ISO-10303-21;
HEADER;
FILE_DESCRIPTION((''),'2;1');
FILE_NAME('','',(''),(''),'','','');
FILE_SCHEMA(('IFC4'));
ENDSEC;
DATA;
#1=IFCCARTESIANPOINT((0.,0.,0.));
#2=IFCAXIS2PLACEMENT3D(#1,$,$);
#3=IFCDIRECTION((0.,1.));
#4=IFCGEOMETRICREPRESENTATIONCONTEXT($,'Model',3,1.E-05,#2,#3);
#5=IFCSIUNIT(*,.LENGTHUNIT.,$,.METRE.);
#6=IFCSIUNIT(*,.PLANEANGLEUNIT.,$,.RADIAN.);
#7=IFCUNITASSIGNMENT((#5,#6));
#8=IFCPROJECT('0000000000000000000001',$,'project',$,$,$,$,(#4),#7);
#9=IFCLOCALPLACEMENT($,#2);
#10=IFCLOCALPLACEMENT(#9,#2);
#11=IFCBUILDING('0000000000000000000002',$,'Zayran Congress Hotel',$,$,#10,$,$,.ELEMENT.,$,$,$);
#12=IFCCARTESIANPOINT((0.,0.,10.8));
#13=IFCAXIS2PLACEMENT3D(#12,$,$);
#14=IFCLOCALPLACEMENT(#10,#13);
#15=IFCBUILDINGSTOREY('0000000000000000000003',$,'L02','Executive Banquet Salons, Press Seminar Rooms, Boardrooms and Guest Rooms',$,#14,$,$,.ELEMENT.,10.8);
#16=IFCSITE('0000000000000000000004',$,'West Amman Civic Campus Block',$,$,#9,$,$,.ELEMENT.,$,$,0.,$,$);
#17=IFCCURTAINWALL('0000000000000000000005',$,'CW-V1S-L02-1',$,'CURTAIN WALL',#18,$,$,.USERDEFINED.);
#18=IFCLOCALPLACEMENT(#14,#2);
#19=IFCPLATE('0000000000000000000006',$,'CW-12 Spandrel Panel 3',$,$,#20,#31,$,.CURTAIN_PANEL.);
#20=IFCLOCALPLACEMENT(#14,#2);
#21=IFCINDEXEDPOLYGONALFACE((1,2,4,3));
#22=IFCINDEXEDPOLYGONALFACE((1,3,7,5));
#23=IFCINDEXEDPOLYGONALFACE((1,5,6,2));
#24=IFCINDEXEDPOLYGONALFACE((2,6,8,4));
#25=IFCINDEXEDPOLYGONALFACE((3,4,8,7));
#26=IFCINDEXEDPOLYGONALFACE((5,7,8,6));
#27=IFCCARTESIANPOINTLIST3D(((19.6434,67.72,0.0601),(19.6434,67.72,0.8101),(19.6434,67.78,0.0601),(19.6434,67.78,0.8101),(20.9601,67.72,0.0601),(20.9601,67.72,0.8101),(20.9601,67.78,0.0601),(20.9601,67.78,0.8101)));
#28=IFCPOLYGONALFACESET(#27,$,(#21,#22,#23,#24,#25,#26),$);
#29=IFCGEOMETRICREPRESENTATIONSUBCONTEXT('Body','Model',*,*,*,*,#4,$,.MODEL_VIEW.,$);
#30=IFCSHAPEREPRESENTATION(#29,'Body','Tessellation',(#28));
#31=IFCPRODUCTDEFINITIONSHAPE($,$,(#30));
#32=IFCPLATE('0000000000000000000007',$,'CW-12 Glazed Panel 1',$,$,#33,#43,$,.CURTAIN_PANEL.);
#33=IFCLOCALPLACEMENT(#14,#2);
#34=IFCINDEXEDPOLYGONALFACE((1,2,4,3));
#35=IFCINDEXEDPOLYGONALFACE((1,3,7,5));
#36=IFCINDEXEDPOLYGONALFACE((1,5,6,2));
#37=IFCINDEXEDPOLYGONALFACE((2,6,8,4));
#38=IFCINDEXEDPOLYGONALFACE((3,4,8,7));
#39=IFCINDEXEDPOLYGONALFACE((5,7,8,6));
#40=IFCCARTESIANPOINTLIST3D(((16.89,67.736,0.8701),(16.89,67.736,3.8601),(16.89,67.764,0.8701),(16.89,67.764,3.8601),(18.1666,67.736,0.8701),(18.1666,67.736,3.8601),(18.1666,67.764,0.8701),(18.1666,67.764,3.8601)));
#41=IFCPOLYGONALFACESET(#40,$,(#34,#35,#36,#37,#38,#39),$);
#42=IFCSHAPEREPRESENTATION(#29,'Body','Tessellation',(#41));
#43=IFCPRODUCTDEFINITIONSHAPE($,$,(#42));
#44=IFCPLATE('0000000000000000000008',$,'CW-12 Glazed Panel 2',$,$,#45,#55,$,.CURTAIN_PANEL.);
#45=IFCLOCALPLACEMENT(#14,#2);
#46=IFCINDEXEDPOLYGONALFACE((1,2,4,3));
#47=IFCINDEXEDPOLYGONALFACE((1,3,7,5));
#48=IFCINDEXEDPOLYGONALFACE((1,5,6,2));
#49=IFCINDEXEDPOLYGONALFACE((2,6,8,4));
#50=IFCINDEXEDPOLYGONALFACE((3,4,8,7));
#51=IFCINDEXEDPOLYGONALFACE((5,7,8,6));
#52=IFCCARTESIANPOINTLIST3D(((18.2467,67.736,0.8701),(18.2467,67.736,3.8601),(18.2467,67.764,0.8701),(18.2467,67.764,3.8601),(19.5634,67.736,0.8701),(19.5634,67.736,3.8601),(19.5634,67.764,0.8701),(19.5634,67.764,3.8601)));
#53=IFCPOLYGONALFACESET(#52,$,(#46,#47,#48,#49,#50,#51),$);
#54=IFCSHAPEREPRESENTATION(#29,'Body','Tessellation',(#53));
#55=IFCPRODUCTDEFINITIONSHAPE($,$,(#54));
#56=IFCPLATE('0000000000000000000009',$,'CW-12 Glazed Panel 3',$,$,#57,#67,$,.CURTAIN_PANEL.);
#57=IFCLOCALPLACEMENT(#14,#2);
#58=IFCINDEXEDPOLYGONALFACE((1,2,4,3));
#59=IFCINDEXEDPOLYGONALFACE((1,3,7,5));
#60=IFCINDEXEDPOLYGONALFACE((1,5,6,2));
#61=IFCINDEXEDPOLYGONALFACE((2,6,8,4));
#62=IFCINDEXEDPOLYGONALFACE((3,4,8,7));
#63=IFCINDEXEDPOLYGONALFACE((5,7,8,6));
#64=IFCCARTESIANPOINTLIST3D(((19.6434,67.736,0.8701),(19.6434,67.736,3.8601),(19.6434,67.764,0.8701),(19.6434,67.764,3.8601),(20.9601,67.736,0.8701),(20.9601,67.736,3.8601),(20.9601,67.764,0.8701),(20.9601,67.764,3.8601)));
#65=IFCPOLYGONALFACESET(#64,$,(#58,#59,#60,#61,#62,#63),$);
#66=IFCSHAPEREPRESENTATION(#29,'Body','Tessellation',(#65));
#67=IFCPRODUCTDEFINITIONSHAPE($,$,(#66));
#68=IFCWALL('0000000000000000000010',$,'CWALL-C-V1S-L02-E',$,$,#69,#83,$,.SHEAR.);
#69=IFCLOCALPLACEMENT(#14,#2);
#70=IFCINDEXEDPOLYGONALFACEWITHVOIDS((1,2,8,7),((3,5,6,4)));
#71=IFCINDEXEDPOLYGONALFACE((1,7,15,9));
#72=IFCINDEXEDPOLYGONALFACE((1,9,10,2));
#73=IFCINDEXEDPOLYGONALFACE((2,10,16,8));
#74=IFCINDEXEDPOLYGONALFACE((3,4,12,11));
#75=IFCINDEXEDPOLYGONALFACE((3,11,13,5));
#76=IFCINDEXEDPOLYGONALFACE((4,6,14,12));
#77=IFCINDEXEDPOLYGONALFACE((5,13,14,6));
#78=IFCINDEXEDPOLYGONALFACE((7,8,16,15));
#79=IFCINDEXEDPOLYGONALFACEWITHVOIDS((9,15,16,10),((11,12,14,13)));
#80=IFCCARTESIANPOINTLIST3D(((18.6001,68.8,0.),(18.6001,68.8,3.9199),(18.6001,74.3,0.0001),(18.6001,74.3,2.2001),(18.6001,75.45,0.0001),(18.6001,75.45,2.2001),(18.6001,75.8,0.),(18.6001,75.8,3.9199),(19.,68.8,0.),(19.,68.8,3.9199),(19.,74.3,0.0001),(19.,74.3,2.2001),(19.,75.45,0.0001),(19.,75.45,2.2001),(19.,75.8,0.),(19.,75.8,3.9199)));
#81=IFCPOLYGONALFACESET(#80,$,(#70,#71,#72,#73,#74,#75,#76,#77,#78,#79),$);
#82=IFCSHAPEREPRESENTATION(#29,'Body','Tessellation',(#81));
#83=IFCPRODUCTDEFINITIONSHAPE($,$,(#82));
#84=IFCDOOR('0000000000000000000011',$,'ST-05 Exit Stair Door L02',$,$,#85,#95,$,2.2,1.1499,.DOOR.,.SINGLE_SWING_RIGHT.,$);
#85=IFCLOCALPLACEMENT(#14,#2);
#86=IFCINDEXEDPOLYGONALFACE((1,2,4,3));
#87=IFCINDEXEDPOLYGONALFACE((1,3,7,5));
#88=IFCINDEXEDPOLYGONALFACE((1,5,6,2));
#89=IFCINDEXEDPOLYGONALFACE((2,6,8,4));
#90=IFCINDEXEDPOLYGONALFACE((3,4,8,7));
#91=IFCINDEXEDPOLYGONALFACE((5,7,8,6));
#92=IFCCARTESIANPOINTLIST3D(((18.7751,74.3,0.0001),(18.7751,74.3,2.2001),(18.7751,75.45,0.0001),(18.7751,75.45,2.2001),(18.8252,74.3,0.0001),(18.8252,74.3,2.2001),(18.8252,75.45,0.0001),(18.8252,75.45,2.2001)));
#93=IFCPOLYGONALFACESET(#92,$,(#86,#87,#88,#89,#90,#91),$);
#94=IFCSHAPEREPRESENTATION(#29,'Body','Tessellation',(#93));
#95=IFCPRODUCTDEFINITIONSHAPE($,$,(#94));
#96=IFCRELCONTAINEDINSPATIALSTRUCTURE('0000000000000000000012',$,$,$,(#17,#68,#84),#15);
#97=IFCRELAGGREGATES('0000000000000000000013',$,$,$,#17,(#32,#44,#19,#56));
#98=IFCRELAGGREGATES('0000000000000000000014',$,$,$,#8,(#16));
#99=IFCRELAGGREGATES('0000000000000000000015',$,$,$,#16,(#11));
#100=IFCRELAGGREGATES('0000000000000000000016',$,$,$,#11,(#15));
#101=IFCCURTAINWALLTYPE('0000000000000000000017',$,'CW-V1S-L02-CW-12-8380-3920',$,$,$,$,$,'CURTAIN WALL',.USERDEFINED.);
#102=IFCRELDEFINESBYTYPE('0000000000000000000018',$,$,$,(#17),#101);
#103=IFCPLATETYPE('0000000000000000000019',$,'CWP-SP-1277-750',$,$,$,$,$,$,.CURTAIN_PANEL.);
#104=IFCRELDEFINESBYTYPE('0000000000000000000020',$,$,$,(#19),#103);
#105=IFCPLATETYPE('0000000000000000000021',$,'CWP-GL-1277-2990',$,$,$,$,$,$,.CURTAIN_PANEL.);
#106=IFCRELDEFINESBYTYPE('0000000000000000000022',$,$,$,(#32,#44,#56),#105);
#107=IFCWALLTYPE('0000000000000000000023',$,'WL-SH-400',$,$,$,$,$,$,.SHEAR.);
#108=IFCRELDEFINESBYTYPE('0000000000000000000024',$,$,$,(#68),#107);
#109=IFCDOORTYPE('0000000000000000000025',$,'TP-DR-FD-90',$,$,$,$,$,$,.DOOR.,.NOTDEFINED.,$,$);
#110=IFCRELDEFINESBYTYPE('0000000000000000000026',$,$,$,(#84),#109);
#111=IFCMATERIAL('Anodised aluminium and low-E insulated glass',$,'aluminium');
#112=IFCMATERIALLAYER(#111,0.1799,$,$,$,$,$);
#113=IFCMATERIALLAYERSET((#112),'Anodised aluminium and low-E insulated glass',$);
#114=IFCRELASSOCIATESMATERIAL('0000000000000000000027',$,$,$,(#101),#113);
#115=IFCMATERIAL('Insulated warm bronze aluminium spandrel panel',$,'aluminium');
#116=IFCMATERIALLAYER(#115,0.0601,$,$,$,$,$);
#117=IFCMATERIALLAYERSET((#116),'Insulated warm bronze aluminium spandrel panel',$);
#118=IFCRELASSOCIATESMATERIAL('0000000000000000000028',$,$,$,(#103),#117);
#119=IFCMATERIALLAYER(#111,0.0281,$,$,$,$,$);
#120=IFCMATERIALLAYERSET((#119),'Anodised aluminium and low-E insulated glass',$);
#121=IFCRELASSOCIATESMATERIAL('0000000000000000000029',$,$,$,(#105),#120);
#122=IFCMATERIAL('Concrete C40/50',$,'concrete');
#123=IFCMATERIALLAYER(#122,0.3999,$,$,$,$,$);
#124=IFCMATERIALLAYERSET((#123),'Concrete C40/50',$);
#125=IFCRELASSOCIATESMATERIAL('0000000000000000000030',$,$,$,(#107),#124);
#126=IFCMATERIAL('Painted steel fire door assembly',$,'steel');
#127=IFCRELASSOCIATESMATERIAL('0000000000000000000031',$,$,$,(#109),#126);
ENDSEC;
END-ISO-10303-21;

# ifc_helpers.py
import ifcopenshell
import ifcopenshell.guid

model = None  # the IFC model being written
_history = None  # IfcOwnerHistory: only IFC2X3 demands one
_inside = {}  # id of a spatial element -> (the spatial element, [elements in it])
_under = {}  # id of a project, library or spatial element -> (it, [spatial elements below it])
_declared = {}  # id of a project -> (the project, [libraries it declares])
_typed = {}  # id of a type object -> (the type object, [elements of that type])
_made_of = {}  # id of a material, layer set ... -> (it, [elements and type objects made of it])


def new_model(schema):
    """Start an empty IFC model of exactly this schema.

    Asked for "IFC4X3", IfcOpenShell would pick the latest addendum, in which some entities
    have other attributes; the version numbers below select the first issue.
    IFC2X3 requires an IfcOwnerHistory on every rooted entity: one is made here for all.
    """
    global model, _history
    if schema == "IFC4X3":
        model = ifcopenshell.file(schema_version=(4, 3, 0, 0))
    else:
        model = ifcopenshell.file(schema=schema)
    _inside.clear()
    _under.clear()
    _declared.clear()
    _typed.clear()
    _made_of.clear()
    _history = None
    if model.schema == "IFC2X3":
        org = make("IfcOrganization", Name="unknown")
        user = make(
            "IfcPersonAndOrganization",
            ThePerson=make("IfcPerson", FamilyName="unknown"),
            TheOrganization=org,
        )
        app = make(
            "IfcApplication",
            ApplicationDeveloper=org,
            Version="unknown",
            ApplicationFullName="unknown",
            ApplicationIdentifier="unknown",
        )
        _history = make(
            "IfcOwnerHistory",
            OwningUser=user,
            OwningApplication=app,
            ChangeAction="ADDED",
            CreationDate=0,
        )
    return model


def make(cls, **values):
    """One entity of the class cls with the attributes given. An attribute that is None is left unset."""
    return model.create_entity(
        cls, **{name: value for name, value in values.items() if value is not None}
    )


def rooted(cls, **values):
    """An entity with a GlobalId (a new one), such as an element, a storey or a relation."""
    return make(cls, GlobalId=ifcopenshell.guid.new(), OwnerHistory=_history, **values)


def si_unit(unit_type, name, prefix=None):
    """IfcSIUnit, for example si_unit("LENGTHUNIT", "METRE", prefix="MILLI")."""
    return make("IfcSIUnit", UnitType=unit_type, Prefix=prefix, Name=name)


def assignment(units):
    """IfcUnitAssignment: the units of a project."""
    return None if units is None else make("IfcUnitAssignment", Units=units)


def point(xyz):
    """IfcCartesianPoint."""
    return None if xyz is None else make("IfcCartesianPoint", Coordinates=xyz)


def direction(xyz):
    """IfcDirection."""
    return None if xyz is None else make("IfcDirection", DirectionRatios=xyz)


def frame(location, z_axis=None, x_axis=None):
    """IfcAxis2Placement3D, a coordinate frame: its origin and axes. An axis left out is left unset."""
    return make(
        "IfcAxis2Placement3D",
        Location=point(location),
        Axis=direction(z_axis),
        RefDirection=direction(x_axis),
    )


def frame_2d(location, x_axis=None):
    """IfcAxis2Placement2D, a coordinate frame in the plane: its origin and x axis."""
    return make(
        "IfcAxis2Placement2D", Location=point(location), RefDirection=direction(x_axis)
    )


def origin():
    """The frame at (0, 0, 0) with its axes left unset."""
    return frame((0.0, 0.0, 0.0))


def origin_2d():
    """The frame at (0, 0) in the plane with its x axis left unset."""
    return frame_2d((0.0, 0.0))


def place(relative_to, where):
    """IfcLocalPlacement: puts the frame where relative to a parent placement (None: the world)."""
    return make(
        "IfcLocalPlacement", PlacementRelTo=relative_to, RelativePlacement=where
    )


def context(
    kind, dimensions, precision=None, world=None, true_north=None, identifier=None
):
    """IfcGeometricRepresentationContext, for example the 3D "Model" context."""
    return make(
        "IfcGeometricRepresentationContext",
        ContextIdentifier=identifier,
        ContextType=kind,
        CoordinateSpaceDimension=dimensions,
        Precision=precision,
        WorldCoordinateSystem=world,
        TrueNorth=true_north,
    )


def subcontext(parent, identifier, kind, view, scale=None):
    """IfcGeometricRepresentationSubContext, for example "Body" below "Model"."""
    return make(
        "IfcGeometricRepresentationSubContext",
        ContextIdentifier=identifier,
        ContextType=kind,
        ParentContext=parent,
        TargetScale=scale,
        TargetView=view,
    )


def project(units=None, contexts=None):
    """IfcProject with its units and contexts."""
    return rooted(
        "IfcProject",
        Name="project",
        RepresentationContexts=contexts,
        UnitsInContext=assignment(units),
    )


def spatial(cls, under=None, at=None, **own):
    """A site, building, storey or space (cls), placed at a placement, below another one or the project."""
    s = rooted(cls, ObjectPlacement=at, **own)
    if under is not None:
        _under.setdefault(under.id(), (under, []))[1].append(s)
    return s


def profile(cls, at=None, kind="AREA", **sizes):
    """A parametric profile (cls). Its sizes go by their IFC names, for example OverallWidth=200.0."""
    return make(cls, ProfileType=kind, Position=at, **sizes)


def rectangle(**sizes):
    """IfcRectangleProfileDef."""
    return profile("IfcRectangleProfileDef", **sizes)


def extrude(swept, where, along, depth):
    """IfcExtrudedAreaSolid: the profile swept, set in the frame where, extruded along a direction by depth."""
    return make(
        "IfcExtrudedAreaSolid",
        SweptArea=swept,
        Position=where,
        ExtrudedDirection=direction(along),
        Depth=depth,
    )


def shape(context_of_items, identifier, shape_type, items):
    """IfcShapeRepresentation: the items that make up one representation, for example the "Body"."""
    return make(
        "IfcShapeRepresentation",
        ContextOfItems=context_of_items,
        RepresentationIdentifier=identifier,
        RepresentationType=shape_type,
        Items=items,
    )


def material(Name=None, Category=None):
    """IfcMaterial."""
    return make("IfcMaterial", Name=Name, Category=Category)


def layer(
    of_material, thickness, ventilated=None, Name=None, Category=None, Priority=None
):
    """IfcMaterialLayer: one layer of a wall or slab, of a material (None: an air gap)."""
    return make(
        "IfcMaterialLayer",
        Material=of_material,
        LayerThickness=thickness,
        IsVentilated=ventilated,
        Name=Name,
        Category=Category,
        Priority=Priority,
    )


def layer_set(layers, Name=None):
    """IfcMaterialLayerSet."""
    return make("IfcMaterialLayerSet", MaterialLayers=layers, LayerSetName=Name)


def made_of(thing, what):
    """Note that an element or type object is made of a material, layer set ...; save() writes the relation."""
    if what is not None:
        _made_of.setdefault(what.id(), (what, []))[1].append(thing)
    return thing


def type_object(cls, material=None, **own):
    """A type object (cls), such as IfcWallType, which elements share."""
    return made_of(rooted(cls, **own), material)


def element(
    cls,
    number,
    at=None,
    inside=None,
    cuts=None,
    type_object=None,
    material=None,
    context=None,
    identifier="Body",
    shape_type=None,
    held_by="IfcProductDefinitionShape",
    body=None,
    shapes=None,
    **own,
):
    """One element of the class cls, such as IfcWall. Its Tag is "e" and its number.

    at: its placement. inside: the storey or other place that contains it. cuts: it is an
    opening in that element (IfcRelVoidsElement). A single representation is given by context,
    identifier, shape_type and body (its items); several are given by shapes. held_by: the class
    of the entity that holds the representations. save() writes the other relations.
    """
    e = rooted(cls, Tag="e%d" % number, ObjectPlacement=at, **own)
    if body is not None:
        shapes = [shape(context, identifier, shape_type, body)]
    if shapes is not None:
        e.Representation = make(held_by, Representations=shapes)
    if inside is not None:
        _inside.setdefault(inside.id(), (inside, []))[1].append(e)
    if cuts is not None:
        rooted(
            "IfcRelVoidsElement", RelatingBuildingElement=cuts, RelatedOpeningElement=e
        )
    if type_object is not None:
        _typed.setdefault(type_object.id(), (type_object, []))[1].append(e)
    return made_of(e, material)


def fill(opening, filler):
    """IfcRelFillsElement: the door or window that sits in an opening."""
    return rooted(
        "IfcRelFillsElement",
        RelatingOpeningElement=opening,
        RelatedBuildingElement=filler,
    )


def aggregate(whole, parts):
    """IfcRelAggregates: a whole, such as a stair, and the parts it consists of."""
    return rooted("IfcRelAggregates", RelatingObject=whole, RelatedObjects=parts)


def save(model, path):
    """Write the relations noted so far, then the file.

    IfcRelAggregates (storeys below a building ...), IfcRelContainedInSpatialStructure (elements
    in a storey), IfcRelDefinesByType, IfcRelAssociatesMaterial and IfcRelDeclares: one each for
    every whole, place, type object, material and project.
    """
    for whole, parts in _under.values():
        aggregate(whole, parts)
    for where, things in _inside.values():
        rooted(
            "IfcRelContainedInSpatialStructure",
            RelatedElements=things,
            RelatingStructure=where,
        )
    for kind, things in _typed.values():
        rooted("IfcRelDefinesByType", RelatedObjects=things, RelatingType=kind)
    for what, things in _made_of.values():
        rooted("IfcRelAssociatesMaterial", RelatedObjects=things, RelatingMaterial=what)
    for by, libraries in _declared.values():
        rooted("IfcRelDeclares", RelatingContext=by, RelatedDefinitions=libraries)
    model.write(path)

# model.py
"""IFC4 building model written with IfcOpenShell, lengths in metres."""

from ifc_helpers import new_model, si_unit, direction, frame, frame_2d, origin, origin_2d, place, context, subcontext, project, spatial, rectangle, extrude, material, layer, layer_set, type_object, element, fill, aggregate, save


model = new_model("IFC4")

# Units and contexts
model_context = context("Model", 3, precision=1e-05, world=origin(), true_north=direction((0.0, 1.0)))
body_context = subcontext(model_context, "Body", "Model", "MODEL_VIEW")
ifc_project = project(units=[si_unit("LENGTHUNIT", "METRE"), si_unit("PLANEANGLEUNIT", "RADIAN")], contexts=[model_context])

# Site, building, storey
site_placement = place(None, origin())
site = spatial("IfcSite", under=ifc_project, at=site_placement, Name="West Amman Civic Campus Block", CompositionType="ELEMENT", RefElevation=0.0)
building_placement = place(site_placement, origin())
building = spatial("IfcBuilding", under=site, at=building_placement, Name="Zayran Congress Hotel", CompositionType="ELEMENT")
storey_placement = place(building_placement, frame((0.0, 0.0, 10.8)))
storey = spatial("IfcBuildingStorey", under=building, at=storey_placement, Name="L02", Description="Executive Banquet Salons, Press Seminar Rooms, Boardrooms and Guest Rooms", CompositionType="ELEMENT", Elevation=10.8)

# Curtain wall, plates
ifc_material_1 = material(Name="Anodised aluminium and low-E insulated glass", Category="aluminium")
ifc_layer_1 = layer(ifc_material_1, 0.1799)
ifc_layer_set_1 = layer_set([ifc_layer_1], Name="Anodised aluminium and low-E insulated glass")
curtain_wall_type = type_object("IfcCurtainWallType", Name="CW-V1S-L02-CW-12-8380-3920", ElementType="CURTAIN WALL", PredefinedType="USERDEFINED", material=ifc_layer_set_1)
curtain_wall_placement = place(storey_placement, origin())
curtain_wall = element("IfcCurtainWall", 1, at=curtain_wall_placement, inside=storey, type_object=curtain_wall_type, Name="CW-V1S-L02-1", ObjectType="CURTAIN WALL", PredefinedType="USERDEFINED")
ifc_material_2 = material(Name="Insulated warm bronze aluminium spandrel panel", Category="aluminium")
ifc_layer_2 = layer(ifc_material_2, 0.0601)
ifc_layer_set_2 = layer_set([ifc_layer_2], Name="Insulated warm bronze aluminium spandrel panel")
plate_type_1 = type_object("IfcPlateType", Name="CWP-SP-1277-750", PredefinedType="CURTAIN_PANEL", material=ifc_layer_set_2)
plate_1_placement = place(storey_placement, frame((20.3018, 67.75, 0.0601), z_axis=(0.0, 0.0, 1.0), x_axis=(1.0, 0.0, 0.0)))
plate_1 = element("IfcPlate", 2, at=plate_1_placement, type_object=plate_type_1, Name="CW-12 Spandrel Panel 3", PredefinedType="CURTAIN_PANEL", context=body_context, shape_type="SweptSolid", body=[
    extrude(rectangle(XDim=1.3167, YDim=0.0601, at=origin_2d()), origin(), (0.0, 0.0, 1.0), 0.75),
])
ifc_layer_3 = layer(ifc_material_1, 0.0281)
ifc_layer_set_3 = layer_set([ifc_layer_3], Name="Anodised aluminium and low-E insulated glass")
plate_type_2 = type_object("IfcPlateType", Name="CWP-GL-1277-2990", PredefinedType="CURTAIN_PANEL", material=ifc_layer_set_3)
plate_2_placement = place(storey_placement, frame((17.5283, 67.75, 0.8701), z_axis=(0.0, 0.0, 1.0), x_axis=(1.0, 0.0, 0.0)))
plate_2 = element("IfcPlate", 3, at=plate_2_placement, type_object=plate_type_2, Name="CW-12 Glazed Panel 1", PredefinedType="CURTAIN_PANEL", context=body_context, shape_type="SweptSolid", body=[
    extrude(rectangle(XDim=1.2766, YDim=0.0281, at=origin_2d()), origin(), (0.0, 0.0, 1.0), 2.99),
])
plate_3_placement = place(storey_placement, frame((18.905, 67.75, 0.8701), z_axis=(0.0, 0.0, 1.0), x_axis=(1.0, 0.0, 0.0)))
plate_3 = element("IfcPlate", 4, at=plate_3_placement, type_object=plate_type_2, Name="CW-12 Glazed Panel 2", PredefinedType="CURTAIN_PANEL", context=body_context, shape_type="SweptSolid", body=[
    extrude(rectangle(XDim=1.3167, YDim=0.0281, at=origin_2d()), origin(), (0.0, 0.0, 1.0), 2.99),
])
plate_4_placement = place(storey_placement, frame((20.3018, 67.75, 0.8701), z_axis=(0.0, 0.0, 1.0), x_axis=(1.0, 0.0, 0.0)))
plate_4 = element("IfcPlate", 5, at=plate_4_placement, type_object=plate_type_2, Name="CW-12 Glazed Panel 3", PredefinedType="CURTAIN_PANEL", context=body_context, shape_type="SweptSolid", body=[
    extrude(rectangle(XDim=1.3167, YDim=0.0281, at=origin_2d()), origin(), (0.0, 0.0, 1.0), 2.99),
])
aggregate(curtain_wall, [plate_2, plate_3, plate_1, plate_4])

# Wall, opening, door
ifc_material_3 = material(Name="Concrete C40/50", Category="concrete")
ifc_layer_4 = layer(ifc_material_3, 0.3999)
ifc_layer_set_4 = layer_set([ifc_layer_4], Name="Concrete C40/50")
wall_type = type_object("IfcWallType", Name="WL-SH-400", PredefinedType="SHEAR", material=ifc_layer_set_4)
wall_placement = place(storey_placement, frame((18.8, 68.8, 0.0), z_axis=(0.0, 0.0, 1.0), x_axis=(0.0, 1.0, 0.0)))
wall = element("IfcWall", 6, at=wall_placement, inside=storey, type_object=wall_type, Name="CWALL-C-V1S-L02-E", PredefinedType="SHEAR", context=body_context, shape_type="SweptSolid", body=[
    extrude(rectangle(XDim=7.0, YDim=0.3999, at=frame_2d((3.5, 0.0))), origin(), (0.0, 0.0, 1.0), 3.9199),
])
opening_placement = place(wall_placement, frame((5.5, 0.0, 0.0)))
opening = element("IfcOpeningElement", 7, at=opening_placement, cuts=wall, PredefinedType="OPENING", context=body_context, shape_type="SweptSolid", body=[
    extrude(rectangle(XDim=1.1499, YDim=2.2, at=frame_2d((0.575, 1.1001))), frame((0.0, 0.21, 0.0), z_axis=(0.0, -1.0, 0.0), x_axis=(1.0, 0.0, 0.0)), (0.0, 0.0, 1.0), 0.4199),
])
ifc_material_4 = material(Name="Painted steel fire door assembly", Category="steel")
door_type = type_object("IfcDoorType", Name="TP-DR-FD-90", OperationType="NOTDEFINED", PredefinedType="DOOR", material=ifc_material_4)
door_placement = place(opening_placement, origin())
door = element("IfcDoor", 8, at=door_placement, inside=storey, type_object=door_type, Name="ST-05 Exit Stair Door L02", OperationType="SINGLE_SWING_RIGHT", OverallHeight=2.2, OverallWidth=1.1499, PredefinedType="DOOR", context=body_context, shape_type="SweptSolid", body=[
    extrude(rectangle(XDim=1.1499, YDim=2.2, at=frame_2d((0.575, 1.1001))), frame((0.0, 0.0249, 0.0), z_axis=(0.0, -1.0, 0.0), x_axis=(1.0, 0.0, 0.0)), (0.0, 0.0, 1.0), 0.05),
])
fill(opening, door)

save(model, "model.ifc")
